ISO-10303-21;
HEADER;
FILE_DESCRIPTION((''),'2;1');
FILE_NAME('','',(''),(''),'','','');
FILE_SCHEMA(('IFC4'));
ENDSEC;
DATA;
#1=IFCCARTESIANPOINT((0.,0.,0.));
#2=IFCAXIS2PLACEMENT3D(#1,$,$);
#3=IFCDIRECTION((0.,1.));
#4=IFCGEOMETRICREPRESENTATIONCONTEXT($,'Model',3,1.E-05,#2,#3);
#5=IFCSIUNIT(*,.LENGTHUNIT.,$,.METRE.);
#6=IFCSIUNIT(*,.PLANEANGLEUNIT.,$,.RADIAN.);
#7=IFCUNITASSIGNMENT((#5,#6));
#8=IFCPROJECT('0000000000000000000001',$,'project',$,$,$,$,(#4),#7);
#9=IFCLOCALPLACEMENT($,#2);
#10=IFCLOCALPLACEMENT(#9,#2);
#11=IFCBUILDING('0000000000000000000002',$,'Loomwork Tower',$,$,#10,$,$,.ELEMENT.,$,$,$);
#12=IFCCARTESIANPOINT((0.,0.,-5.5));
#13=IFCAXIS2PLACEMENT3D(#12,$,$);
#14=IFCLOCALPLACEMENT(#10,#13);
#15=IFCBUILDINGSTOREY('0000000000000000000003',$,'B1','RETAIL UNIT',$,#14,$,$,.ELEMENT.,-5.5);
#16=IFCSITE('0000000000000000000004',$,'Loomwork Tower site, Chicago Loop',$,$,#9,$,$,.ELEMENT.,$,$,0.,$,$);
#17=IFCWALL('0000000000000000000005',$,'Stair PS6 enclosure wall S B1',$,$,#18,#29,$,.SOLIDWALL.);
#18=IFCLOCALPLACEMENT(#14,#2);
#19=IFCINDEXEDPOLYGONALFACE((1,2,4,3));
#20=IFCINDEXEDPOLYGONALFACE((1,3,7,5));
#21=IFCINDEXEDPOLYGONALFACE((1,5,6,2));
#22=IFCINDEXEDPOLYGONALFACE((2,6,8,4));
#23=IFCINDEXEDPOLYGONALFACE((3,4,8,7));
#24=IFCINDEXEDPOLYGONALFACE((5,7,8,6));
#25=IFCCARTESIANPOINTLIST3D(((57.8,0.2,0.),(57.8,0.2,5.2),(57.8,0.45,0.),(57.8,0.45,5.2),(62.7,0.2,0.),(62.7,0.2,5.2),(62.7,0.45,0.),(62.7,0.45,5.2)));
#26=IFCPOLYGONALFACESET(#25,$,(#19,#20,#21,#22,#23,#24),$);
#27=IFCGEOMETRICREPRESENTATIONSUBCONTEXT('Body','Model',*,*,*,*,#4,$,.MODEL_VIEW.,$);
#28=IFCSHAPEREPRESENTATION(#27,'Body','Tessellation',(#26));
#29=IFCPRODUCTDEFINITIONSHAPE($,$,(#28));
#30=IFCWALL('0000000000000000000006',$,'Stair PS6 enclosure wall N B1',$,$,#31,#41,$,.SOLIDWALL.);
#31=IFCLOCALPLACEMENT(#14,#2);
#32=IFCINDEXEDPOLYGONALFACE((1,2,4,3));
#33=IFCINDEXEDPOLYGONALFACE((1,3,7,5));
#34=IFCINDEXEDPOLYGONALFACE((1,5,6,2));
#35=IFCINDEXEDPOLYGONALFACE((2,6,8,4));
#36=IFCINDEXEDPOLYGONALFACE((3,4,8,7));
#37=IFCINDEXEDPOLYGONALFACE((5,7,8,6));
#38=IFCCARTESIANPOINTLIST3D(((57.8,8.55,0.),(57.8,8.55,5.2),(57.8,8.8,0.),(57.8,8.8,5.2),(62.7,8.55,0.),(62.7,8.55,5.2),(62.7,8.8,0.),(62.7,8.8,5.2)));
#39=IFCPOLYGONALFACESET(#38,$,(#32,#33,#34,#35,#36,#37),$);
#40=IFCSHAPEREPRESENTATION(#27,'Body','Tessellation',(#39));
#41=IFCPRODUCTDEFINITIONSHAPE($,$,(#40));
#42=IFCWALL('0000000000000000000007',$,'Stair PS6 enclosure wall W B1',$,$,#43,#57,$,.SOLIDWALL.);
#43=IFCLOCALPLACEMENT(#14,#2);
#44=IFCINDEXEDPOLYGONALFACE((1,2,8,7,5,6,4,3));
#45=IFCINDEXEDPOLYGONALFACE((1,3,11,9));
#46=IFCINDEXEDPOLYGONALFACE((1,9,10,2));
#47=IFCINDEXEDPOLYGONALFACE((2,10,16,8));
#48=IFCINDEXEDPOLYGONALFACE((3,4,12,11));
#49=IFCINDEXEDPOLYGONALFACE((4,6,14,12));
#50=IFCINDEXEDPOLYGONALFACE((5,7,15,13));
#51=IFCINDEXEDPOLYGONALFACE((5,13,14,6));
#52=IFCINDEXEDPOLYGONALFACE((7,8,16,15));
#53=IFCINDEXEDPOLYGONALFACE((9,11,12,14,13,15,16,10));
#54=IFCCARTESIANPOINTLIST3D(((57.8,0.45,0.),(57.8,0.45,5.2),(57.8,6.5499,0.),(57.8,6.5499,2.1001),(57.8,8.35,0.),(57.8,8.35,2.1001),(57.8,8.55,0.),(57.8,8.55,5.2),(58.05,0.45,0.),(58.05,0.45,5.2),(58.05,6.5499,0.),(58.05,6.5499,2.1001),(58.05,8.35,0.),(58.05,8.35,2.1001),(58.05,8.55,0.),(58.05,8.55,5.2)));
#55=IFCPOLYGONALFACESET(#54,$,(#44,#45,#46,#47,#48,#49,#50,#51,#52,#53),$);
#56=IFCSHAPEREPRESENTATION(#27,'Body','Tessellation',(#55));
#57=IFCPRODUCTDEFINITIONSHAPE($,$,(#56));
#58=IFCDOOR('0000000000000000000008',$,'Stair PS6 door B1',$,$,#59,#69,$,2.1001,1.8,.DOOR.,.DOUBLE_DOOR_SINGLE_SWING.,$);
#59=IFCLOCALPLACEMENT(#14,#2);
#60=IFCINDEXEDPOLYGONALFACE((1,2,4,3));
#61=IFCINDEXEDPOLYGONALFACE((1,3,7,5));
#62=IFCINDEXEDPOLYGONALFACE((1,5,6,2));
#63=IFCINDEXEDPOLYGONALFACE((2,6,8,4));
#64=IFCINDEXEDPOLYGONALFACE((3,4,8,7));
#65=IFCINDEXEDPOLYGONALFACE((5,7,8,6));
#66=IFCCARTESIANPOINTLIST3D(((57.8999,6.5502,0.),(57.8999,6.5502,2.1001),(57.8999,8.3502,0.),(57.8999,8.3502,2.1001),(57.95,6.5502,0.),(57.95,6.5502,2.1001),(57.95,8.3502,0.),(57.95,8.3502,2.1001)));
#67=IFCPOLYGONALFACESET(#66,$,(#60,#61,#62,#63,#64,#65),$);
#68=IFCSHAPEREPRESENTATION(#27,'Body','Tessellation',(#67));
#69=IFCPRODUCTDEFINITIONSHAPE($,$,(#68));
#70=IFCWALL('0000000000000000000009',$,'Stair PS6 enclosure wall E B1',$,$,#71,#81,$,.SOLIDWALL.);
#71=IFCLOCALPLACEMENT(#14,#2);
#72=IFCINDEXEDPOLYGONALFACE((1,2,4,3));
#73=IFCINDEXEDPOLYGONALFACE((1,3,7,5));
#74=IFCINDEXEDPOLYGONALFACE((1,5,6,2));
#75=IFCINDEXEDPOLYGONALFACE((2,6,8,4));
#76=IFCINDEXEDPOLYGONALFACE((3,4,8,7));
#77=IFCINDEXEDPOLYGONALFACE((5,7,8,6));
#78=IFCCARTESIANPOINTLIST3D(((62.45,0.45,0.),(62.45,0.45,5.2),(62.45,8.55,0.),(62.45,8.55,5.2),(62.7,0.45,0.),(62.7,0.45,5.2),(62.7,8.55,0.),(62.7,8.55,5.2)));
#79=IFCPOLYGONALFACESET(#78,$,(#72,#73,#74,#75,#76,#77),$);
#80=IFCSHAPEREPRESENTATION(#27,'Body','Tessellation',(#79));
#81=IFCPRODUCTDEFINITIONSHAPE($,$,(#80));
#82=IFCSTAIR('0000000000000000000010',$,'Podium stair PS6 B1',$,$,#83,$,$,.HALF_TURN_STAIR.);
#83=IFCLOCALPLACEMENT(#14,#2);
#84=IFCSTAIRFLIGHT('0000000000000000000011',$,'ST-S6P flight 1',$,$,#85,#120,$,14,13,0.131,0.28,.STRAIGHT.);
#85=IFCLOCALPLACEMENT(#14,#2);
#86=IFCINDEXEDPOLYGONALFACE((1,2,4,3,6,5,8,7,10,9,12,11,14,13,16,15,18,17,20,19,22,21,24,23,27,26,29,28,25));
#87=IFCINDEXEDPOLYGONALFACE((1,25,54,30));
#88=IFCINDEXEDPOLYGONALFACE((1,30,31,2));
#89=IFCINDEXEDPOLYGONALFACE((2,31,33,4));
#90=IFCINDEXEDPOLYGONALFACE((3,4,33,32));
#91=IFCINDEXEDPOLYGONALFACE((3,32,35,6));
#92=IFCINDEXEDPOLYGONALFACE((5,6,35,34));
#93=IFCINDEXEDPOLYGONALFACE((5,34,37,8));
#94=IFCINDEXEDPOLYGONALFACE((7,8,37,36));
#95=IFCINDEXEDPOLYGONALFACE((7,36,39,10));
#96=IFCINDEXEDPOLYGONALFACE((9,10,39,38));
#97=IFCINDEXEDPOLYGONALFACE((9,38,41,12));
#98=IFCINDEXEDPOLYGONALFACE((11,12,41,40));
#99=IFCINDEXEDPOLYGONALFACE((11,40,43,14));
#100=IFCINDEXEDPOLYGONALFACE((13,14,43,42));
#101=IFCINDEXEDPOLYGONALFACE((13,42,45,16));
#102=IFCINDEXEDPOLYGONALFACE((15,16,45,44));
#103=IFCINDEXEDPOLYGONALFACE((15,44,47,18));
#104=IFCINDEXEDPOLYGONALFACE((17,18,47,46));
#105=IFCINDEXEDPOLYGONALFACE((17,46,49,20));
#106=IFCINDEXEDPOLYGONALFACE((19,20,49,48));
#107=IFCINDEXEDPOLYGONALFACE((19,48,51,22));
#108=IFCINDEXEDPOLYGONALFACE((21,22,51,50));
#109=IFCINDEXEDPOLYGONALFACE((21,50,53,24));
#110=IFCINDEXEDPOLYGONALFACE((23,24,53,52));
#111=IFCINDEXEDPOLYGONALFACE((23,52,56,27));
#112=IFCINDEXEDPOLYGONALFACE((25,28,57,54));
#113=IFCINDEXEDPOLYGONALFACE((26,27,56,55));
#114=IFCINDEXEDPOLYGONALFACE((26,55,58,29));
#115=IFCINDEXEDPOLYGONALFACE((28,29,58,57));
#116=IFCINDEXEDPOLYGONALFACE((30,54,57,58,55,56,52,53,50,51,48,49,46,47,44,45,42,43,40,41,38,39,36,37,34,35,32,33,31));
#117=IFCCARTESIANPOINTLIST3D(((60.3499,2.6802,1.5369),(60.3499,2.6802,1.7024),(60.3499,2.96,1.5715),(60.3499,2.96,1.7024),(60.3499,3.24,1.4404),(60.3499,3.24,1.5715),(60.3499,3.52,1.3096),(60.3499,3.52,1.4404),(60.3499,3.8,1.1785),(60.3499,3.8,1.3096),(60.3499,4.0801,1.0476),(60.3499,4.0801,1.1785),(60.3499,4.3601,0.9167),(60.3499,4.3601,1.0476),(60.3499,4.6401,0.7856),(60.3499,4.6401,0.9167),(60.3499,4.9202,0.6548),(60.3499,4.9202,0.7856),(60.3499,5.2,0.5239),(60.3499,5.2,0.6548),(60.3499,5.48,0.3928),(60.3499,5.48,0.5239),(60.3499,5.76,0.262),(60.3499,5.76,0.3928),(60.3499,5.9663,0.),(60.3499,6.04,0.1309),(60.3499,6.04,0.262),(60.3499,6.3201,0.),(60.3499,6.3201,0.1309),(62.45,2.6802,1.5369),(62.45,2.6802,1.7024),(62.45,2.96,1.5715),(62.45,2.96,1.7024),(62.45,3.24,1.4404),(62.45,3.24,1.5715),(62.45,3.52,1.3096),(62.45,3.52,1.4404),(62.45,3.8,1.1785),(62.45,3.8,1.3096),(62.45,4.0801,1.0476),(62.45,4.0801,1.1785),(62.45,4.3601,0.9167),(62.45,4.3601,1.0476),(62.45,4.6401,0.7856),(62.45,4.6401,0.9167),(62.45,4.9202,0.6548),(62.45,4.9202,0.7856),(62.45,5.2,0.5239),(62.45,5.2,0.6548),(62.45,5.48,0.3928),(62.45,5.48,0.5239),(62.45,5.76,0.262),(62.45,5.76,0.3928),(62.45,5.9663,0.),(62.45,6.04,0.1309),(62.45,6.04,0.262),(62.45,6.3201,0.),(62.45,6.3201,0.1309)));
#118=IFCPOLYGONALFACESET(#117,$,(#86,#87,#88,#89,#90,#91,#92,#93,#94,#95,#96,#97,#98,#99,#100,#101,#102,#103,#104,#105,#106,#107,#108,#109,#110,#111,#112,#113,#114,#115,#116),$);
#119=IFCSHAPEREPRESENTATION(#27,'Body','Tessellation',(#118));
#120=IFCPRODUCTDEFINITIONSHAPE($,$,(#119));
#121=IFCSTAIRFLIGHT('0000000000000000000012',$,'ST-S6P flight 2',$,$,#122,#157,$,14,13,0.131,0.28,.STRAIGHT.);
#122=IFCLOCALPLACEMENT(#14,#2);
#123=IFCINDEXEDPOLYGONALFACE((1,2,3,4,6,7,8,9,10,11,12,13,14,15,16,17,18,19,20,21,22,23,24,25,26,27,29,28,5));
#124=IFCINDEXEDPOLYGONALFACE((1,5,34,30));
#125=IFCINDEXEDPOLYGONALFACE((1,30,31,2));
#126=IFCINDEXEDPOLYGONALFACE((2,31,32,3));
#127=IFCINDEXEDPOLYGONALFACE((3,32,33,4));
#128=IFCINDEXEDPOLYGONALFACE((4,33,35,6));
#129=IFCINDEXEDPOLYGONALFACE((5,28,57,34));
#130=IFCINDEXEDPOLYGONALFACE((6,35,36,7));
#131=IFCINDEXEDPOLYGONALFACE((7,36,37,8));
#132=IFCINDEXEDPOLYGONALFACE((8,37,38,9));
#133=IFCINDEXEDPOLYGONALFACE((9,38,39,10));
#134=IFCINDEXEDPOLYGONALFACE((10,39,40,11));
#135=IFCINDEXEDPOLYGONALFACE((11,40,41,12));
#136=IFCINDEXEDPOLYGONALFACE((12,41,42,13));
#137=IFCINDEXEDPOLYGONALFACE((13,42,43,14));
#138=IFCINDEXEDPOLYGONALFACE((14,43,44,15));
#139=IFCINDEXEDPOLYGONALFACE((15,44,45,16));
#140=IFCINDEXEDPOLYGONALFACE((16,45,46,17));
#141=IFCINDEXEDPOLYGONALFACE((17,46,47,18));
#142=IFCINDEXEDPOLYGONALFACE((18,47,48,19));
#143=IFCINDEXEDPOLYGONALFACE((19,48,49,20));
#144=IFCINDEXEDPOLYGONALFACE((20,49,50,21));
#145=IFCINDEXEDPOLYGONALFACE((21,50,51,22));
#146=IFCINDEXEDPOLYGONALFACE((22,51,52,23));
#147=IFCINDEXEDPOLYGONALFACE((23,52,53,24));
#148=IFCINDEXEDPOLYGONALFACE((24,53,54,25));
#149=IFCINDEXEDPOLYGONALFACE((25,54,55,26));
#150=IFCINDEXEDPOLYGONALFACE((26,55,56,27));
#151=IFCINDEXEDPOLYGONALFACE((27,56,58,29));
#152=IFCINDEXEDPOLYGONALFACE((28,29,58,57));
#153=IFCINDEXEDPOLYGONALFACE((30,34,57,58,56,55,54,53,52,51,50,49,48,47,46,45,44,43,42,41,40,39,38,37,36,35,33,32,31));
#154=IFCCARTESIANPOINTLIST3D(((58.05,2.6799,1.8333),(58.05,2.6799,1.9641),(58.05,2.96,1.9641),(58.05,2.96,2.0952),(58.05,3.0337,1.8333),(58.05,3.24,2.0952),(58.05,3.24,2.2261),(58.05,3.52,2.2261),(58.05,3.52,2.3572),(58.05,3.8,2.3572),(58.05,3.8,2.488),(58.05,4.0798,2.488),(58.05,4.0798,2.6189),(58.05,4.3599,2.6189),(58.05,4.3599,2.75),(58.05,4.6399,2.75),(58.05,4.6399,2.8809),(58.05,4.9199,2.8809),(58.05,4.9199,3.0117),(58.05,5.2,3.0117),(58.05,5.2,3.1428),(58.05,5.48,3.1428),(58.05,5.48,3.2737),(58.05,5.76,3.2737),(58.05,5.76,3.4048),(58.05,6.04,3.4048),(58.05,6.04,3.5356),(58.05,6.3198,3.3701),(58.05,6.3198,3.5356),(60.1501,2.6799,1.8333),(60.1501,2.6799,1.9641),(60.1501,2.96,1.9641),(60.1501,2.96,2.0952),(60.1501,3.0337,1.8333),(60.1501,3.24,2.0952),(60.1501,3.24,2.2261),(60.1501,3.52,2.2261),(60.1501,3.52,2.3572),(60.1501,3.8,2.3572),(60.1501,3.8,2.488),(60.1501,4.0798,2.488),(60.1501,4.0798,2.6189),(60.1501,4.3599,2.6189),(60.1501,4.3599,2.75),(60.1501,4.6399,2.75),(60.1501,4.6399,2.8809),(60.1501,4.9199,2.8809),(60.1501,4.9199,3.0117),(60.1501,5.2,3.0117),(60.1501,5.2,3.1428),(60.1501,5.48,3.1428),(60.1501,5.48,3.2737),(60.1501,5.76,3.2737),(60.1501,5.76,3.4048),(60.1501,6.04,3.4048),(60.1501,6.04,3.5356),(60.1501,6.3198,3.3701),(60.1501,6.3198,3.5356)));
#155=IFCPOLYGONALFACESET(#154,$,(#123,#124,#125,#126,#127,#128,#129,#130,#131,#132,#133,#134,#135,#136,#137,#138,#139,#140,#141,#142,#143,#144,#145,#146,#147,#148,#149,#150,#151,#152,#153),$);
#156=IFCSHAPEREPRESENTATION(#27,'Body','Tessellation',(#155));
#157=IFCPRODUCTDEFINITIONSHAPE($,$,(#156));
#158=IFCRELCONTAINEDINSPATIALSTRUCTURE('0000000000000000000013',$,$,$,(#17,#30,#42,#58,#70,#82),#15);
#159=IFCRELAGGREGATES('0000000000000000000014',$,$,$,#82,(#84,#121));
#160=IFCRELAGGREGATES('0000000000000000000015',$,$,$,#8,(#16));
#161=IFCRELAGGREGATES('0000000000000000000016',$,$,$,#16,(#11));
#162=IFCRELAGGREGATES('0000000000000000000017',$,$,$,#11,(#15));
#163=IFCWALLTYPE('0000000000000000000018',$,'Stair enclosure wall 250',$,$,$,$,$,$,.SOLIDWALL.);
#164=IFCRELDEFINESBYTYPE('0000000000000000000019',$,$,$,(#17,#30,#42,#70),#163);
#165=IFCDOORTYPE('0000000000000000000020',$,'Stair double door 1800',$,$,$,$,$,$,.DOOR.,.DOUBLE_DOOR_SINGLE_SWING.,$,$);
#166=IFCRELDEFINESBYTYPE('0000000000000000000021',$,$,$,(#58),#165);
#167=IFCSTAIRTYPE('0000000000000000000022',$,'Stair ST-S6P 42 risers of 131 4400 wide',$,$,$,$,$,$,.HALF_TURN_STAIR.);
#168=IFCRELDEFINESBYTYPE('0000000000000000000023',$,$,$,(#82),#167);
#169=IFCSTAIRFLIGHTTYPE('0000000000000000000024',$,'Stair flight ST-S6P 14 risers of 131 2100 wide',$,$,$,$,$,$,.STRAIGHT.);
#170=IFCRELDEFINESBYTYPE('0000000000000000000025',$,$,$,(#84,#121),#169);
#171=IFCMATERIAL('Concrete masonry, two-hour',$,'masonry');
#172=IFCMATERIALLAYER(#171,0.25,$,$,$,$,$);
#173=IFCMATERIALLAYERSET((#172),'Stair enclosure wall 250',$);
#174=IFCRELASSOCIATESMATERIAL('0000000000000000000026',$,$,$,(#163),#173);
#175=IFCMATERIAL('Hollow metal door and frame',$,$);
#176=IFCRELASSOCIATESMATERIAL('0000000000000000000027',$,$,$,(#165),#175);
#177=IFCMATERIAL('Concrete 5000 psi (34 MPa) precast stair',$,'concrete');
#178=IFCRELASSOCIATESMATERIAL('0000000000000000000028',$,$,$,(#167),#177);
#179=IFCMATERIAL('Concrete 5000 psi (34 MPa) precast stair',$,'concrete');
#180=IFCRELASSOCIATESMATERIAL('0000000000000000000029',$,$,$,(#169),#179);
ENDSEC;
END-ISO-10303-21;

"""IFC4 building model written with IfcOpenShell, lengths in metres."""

from ifc_helpers import new_model, si_unit, direction, frame, frame_2d, origin, place, context, subcontext, project, spatial, polyline, rectangle, outline, extrude, material, layer, layer_set, type_object, element, fill, aggregate, save


model = new_model("IFC4")

# Units and contexts
model_context = context("Model", 3, precision=1e-05, world=origin(), true_north=direction((0.0, 1.0)))
body_context = subcontext(model_context, "Body", "Model", "MODEL_VIEW")
ifc_project = project(units=[si_unit("LENGTHUNIT", "METRE"), si_unit("PLANEANGLEUNIT", "RADIAN")], contexts=[model_context])

# Site, building, storey
site_placement = place(None, origin())
site = spatial("IfcSite", under=ifc_project, at=site_placement, Name="Loomwork Tower site, Chicago Loop", CompositionType="ELEMENT", RefElevation=0.0)
building_placement = place(site_placement, origin())
building = spatial("IfcBuilding", under=site, at=building_placement, Name="Loomwork Tower", CompositionType="ELEMENT")
storey_placement = place(building_placement, frame((0.0, 0.0, -5.5)))
storey = spatial("IfcBuildingStorey", under=building, at=storey_placement, Name="B1", Description="RETAIL UNIT", CompositionType="ELEMENT", Elevation=-5.5)

# Walls
ifc_material_1 = material(Name="Concrete masonry, two-hour", Category="masonry")
ifc_layer_1 = layer(ifc_material_1, 0.25)
ifc_layer_set_1 = layer_set([ifc_layer_1], Name="Stair enclosure wall 250")
wall_type_1 = type_object("IfcWallType", Name="Stair enclosure wall 250", PredefinedType="SOLIDWALL", material=ifc_layer_set_1)
for number, where, z_axis, x_axis, name in (
    (1, (57.8, 0.325, 0.0), (0.0, 0.0, 1.0), (1.0, 0.0, 0.0), "Stair PS6 enclosure wall S B1"),
    (2, (57.8, 8.675, 0.0), (0.0, 0.0, 1.0), (1.0, 0.0, 0.0), "Stair PS6 enclosure wall N B1"),
):
    element("IfcWall", number, at=place(storey_placement, frame(where, z_axis=z_axis, x_axis=x_axis)), inside=storey, type_object=wall_type_1, Name=name, PredefinedType="SOLIDWALL", context=body_context, shape_type="SweptSolid", body=[
        extrude(rectangle(XDim=4.8999, YDim=0.25, at=frame_2d((2.45, 0.0))), origin(), (0.0, 0.0, 1.0), 5.2),
    ])

# Wall, opening, door
wall_1_placement = place(storey_placement, frame((57.925, 0.45, 0.0), z_axis=(0.0, 0.0, 1.0), x_axis=(0.0, 1.0, 0.0)))
wall_1 = element("IfcWall", 3, at=wall_1_placement, inside=storey, type_object=wall_type_1, Name="Stair PS6 enclosure wall W B1", PredefinedType="SOLIDWALL", context=body_context, shape_type="SweptSolid", body=[
    extrude(rectangle(XDim=8.1001, YDim=0.25, at=frame_2d((4.05, 0.0))), origin(), (0.0, 0.0, 1.0), 5.2),
])
opening_placement = place(wall_1_placement, frame((6.1001, 0.0, 0.0)))
opening = element("IfcOpeningElement", 4, at=opening_placement, cuts=wall_1, PredefinedType="OPENING", context=body_context, shape_type="SweptSolid", body=[
    extrude(rectangle(XDim=1.8, YDim=2.1001, at=frame_2d((0.8999, 1.05))), frame((0.0, 0.135, 0.0), z_axis=(0.0, -1.0, 0.0), x_axis=(1.0, 0.0, 0.0)), (0.0, 0.0, 1.0), 0.27),
])
ifc_material_2 = material(Name="Hollow metal door and frame")
door_type = type_object("IfcDoorType", Name="Stair double door 1800", OperationType="DOUBLE_DOOR_SINGLE_SWING", PredefinedType="DOOR", material=ifc_material_2)
door_placement = place(opening_placement, frame((1.8, 0.0, 0.0), z_axis=(0.0, 0.0, 1.0), x_axis=(-1.0, 0.0, 0.0)))
door = element("IfcDoor", 5, at=door_placement, inside=storey, type_object=door_type, Name="Stair PS6 door B1", OperationType="DOUBLE_DOOR_SINGLE_SWING", OverallHeight=2.1001, OverallWidth=1.8, PredefinedType="DOOR", context=body_context, shape_type="SweptSolid", body=[
    extrude(rectangle(XDim=1.8, YDim=2.1001, at=frame_2d((0.8999, 1.05))), frame((0.0, 0.0249, 0.0), z_axis=(0.0, -1.0, 0.0), x_axis=(1.0, 0.0, 0.0)), (0.0, 0.0, 1.0), 0.05),
])
fill(opening, door)

# Wall
wall_2_placement = place(storey_placement, frame((62.575, 0.45, 0.0), z_axis=(0.0, 0.0, 1.0), x_axis=(0.0, 1.0, 0.0)))
element("IfcWall", 6, at=wall_2_placement, inside=storey, type_object=wall_type_1, Name="Stair PS6 enclosure wall E B1", PredefinedType="SOLIDWALL", context=body_context, shape_type="SweptSolid", body=[
    extrude(rectangle(XDim=8.1001, YDim=0.25, at=frame_2d((4.05, 0.0))), origin(), (0.0, 0.0, 1.0), 5.2),
])

# Stair, stair flights
ifc_material_3 = material(Name="Concrete 5000 psi (34 MPa) precast stair", Category="concrete")
stair_type = type_object("IfcStairType", Name="Stair ST-S6P 42 risers of 131 4400 wide", PredefinedType="HALF_TURN_STAIR", material=ifc_material_3)
stair_placement = place(storey_placement, origin())
stair = element("IfcStair", 7, at=stair_placement, inside=storey, type_object=stair_type, Name="Podium stair PS6 B1", PredefinedType="HALF_TURN_STAIR")
ifc_material_4 = material(Name="Concrete 5000 psi (34 MPa) precast stair", Category="concrete")
stair_flight_type = type_object("IfcStairFlightType", Name="Stair flight ST-S6P 14 risers of 131 2100 wide", PredefinedType="STRAIGHT", material=ifc_material_4)
stair_flight_1_placement = place(storey_placement, frame((61.3999, 6.3201, 0.0), z_axis=(0.0, 0.0, 1.0), x_axis=(0.0, -1.0, 0.0)))
stair_flight_1 = element("IfcStairFlight", 8, at=stair_flight_1_placement, type_object=stair_flight_type, Name="ST-S6P flight 1", NumberOfRisers=14, NumberOfTreads=13, PredefinedType="STRAIGHT", RiserHeight=0.131, TreadLength=0.28, context=body_context, shape_type="SweptSolid", body=[
    extrude(outline(polyline([(0.0, 0.0), (0.0, 0.1309), (0.28, 0.1309), (0.28, 0.262), (0.5601, 0.262), (0.5601, 0.3928), (0.8401, 0.3928), (0.8401, 0.5239), (1.1201, 0.5239), (1.1201, 0.6548), (1.3999, 0.6548), (1.3999, 0.7856), (1.6799, 0.7856), (1.6799, 0.9167), (1.96, 0.9167), (1.96, 1.0476), (2.24, 1.0476), (2.24, 1.1785), (2.52, 1.1785), (2.52, 1.3096), (2.8, 1.3096), (2.8, 1.4404), (3.0801, 1.4404), (3.0801, 1.5715), (3.3601, 1.5715), (3.3601, 1.7024), (3.6399, 1.7024), (3.6399, 1.8333), (3.6399, 1.5369), (0.3538, 0.0), (0.0, 0.0)])), frame((0.0, 1.05, 0.0), z_axis=(0.0, -1.0, 0.0), x_axis=(1.0, 0.0, 0.0)), (0.0, 0.0, 1.0), 2.1001),
])
stair_flight_2_placement = place(storey_placement, frame((59.1001, 2.6799, 1.8333), z_axis=(0.0, 0.0, 1.0), x_axis=(0.0, 1.0, 0.0)))
stair_flight_2 = element("IfcStairFlight", 9, at=stair_flight_2_placement, type_object=stair_flight_type, Name="ST-S6P flight 2", NumberOfRisers=14, NumberOfTreads=13, PredefinedType="STRAIGHT", RiserHeight=0.131, TreadLength=0.28, context=body_context, shape_type="SweptSolid", body=[
    extrude(outline(polyline([(0.0, 0.0), (0.0, 0.1309), (0.28, 0.1309), (0.28, 0.262), (0.5601, 0.262), (0.5601, 0.3928), (0.8401, 0.3928), (0.8401, 0.5239), (1.1201, 0.5239), (1.1201, 0.6548), (1.3999, 0.6548), (1.3999, 0.7856), (1.6799, 0.7856), (1.6799, 0.9167), (1.96, 0.9167), (1.96, 1.0476), (2.24, 1.0476), (2.24, 1.1785), (2.52, 1.1785), (2.52, 1.3096), (2.8, 1.3096), (2.8, 1.4404), (3.0801, 1.4404), (3.0801, 1.5715), (3.3601, 1.5715), (3.3601, 1.7024), (3.6399, 1.7024), (3.6399, 1.8333), (3.6399, 1.5369), (0.3538, 0.0), (0.0, 0.0)])), frame((0.0, 1.05, 0.0), z_axis=(0.0, -1.0, 0.0), x_axis=(1.0, 0.0, 0.0)), (0.0, 0.0, 1.0), 2.1001),
])
aggregate(stair, [stair_flight_1, stair_flight_2])

save(model, "model.ifc")
